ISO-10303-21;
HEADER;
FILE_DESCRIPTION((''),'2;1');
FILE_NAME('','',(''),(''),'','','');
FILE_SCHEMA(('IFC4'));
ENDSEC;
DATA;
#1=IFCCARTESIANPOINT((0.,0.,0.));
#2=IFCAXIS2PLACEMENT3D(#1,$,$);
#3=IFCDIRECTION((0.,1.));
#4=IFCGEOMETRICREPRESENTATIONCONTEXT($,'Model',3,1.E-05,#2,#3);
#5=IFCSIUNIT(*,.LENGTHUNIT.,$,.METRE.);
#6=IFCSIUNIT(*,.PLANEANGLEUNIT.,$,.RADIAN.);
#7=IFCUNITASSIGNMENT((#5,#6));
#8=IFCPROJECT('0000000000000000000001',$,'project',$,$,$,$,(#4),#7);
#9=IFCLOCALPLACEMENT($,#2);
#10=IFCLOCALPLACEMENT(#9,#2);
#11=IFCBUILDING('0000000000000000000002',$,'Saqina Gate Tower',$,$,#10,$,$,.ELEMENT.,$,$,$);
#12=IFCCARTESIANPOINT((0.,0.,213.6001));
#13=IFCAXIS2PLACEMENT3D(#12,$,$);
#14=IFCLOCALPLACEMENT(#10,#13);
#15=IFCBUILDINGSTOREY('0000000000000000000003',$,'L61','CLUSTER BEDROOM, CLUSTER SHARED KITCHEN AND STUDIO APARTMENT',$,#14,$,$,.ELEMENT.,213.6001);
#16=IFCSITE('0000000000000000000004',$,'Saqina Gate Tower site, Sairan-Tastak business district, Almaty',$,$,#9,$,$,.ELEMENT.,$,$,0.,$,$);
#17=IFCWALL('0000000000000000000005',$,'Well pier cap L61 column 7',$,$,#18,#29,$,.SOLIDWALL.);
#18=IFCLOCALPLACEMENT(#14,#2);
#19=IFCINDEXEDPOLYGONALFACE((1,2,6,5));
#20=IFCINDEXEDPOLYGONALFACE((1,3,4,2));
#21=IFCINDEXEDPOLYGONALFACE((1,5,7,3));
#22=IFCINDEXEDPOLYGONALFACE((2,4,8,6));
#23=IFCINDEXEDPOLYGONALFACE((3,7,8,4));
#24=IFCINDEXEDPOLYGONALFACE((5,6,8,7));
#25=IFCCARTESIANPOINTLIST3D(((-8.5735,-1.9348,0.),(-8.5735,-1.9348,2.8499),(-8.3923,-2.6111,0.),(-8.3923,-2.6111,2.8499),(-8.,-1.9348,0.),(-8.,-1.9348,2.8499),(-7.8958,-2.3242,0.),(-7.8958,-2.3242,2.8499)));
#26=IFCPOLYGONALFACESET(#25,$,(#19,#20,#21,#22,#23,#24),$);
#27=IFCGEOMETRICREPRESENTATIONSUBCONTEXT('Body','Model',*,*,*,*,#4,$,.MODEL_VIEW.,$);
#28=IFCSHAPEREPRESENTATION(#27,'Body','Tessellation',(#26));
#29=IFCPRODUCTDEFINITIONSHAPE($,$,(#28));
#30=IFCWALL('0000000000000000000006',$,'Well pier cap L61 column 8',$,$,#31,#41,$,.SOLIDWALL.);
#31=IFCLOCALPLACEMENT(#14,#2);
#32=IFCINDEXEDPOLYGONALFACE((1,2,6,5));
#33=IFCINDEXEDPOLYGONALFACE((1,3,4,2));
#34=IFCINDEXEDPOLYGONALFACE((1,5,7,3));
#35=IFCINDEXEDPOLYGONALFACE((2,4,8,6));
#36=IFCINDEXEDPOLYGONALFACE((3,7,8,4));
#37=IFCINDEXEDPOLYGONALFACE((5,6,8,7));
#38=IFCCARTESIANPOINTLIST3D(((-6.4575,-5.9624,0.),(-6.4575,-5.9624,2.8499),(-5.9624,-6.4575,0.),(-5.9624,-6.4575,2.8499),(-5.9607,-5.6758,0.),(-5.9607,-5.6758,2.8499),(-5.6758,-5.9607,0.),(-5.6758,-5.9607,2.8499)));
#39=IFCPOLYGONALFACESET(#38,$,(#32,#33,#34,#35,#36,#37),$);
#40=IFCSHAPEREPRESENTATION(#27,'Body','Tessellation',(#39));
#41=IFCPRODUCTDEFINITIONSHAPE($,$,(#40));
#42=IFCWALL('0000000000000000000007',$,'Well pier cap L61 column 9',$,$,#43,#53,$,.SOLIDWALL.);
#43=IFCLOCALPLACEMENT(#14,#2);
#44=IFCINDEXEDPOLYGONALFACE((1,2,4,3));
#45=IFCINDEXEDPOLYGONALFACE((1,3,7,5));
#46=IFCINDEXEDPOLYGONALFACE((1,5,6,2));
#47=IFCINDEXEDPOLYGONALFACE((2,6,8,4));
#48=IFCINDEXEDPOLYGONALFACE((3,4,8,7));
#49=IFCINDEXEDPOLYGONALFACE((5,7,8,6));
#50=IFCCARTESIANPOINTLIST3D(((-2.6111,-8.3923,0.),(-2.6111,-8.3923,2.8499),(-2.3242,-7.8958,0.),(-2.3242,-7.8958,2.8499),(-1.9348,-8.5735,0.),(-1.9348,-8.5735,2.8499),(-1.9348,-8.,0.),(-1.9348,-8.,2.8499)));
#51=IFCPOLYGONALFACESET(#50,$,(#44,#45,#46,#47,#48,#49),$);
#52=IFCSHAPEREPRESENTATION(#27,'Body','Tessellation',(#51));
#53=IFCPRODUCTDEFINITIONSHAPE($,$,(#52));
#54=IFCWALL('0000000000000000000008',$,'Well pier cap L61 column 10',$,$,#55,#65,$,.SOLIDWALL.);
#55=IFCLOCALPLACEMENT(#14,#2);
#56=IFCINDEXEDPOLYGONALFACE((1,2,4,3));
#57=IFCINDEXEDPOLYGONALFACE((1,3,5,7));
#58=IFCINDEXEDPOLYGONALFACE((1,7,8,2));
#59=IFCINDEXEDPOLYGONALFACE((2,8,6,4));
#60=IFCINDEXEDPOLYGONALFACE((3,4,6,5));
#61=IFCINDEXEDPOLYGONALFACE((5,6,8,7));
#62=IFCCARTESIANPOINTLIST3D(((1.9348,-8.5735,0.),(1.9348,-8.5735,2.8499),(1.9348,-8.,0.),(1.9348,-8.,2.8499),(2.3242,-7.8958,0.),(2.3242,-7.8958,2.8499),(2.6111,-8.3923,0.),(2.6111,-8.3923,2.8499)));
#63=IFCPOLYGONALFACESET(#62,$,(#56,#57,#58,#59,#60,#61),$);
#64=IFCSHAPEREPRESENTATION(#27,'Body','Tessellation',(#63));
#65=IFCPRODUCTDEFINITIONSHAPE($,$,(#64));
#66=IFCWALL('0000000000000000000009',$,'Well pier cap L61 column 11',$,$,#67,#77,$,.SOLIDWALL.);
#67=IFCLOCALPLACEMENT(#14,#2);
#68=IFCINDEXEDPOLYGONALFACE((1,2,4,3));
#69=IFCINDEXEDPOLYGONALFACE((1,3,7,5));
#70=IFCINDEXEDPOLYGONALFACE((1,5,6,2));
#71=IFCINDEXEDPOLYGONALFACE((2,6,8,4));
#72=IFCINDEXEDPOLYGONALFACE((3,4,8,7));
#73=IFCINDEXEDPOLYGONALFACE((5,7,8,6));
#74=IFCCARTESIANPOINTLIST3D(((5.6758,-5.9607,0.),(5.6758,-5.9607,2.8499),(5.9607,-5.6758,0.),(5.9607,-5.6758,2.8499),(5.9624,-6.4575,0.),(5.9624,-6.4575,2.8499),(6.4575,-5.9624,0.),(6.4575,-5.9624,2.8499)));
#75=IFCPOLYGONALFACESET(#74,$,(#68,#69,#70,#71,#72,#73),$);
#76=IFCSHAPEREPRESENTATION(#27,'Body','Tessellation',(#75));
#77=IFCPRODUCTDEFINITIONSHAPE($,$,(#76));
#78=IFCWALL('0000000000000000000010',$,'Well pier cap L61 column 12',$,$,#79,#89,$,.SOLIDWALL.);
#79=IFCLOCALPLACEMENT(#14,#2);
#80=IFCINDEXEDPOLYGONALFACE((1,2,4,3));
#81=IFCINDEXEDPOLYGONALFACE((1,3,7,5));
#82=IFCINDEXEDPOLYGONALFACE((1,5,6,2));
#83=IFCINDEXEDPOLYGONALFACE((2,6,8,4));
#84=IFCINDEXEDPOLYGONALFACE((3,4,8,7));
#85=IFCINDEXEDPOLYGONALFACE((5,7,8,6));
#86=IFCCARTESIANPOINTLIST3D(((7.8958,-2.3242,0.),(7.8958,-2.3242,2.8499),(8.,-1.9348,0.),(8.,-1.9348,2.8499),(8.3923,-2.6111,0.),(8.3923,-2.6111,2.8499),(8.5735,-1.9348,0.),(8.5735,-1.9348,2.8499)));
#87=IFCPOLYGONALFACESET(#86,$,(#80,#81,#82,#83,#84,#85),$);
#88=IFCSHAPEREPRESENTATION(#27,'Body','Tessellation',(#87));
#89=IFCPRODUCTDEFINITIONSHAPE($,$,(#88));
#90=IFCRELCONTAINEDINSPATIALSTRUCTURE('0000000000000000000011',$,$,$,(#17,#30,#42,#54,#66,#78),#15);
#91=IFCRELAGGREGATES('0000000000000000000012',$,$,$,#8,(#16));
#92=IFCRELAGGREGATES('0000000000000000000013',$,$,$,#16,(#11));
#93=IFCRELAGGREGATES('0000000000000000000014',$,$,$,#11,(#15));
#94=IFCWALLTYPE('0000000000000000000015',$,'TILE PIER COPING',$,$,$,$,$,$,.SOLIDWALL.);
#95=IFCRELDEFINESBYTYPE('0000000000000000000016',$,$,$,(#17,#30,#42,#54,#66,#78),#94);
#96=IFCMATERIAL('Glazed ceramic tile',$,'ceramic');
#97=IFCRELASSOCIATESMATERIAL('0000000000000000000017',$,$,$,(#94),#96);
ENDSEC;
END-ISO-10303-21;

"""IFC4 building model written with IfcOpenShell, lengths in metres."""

from ifc_helpers import new_model, si_unit, direction, frame, origin, place, context, subcontext, project, spatial, polyline, outline, extrude, material, type_object, element, save


model = new_model("IFC4")

# Units and contexts
model_context = context("Model", 3, precision=1e-05, world=origin(), true_north=direction((0.0, 1.0)))
body_context = subcontext(model_context, "Body", "Model", "MODEL_VIEW")
ifc_project = project(units=[si_unit("LENGTHUNIT", "METRE"), si_unit("PLANEANGLEUNIT", "RADIAN")], contexts=[model_context])

# Site, building, storey
site_placement = place(None, origin())
site = spatial("IfcSite", under=ifc_project, at=site_placement, Name="Saqina Gate Tower site, Sairan-Tastak business district, Almaty", CompositionType="ELEMENT", RefElevation=0.0)
building_placement = place(site_placement, origin())
building = spatial("IfcBuilding", under=site, at=building_placement, Name="Saqina Gate Tower", CompositionType="ELEMENT")
storey_placement = place(building_placement, frame((0.0, 0.0, 213.6001)))
storey = spatial("IfcBuildingStorey", under=building, at=storey_placement, Name="L61", Description="CLUSTER BEDROOM, CLUSTER SHARED KITCHEN AND STUDIO APARTMENT", CompositionType="ELEMENT", Elevation=213.6001)

# Walls
ifc_material_1 = material(Name="Glazed ceramic tile", Category="ceramic")
wall_type_1 = type_object("IfcWallType", Name="TILE PIER COPING", PredefinedType="SOLIDWALL", material=ifc_material_1)
wall_1_placement = place(storey_placement, origin())
element("IfcWall", 1, at=wall_1_placement, inside=storey, type_object=wall_type_1, Name="Well pier cap L61 column 7", PredefinedType="SOLIDWALL", context=body_context, shape_type="SweptSolid", body=[
    extrude(outline(polyline([(-8.0, -1.9348), (-8.5735, -1.9348), (-8.3923, -2.6111), (-7.8958, -2.3242), (-8.0, -1.9348)])), origin(), (0.0, 0.0, 1.0), 2.8499),
])
wall_2_placement = place(storey_placement, origin())
element("IfcWall", 2, at=wall_2_placement, inside=storey, type_object=wall_type_1, Name="Well pier cap L61 column 8", PredefinedType="SOLIDWALL", context=body_context, shape_type="SweptSolid", body=[
    extrude(outline(polyline([(-6.4575, -5.9624), (-5.9624, -6.4575), (-5.6758, -5.9607), (-5.9607, -5.6758), (-6.4575, -5.9624)])), origin(), (0.0, 0.0, 1.0), 2.8499),
])
wall_3_placement = place(storey_placement, origin())
element("IfcWall", 3, at=wall_3_placement, inside=storey, type_object=wall_type_1, Name="Well pier cap L61 column 9", PredefinedType="SOLIDWALL", context=body_context, shape_type="SweptSolid", body=[
    extrude(outline(polyline([(-1.9348, -8.5735), (-1.9348, -8.0), (-2.3242, -7.8958), (-2.6111, -8.3923), (-1.9348, -8.5735)])), origin(), (0.0, 0.0, 1.0), 2.8499),
])
wall_4_placement = place(storey_placement, origin())
element("IfcWall", 4, at=wall_4_placement, inside=storey, type_object=wall_type_1, Name="Well pier cap L61 column 10", PredefinedType="SOLIDWALL", context=body_context, shape_type="SweptSolid", body=[
    extrude(outline(polyline([(2.6111, -8.3923), (2.3242, -7.8958), (1.9348, -8.0), (1.9348, -8.5735), (2.6111, -8.3923)])), origin(), (0.0, 0.0, 1.0), 2.8499),
])
wall_5_placement = place(storey_placement, origin())
element("IfcWall", 5, at=wall_5_placement, inside=storey, type_object=wall_type_1, Name="Well pier cap L61 column 11", PredefinedType="SOLIDWALL", context=body_context, shape_type="SweptSolid", body=[
    extrude(outline(polyline([(5.9624, -6.4575), (6.4575, -5.9624), (5.9607, -5.6758), (5.6758, -5.9607), (5.9624, -6.4575)])), origin(), (0.0, 0.0, 1.0), 2.8499),
])
wall_6_placement = place(storey_placement, origin())
element("IfcWall", 6, at=wall_6_placement, inside=storey, type_object=wall_type_1, Name="Well pier cap L61 column 12", PredefinedType="SOLIDWALL", context=body_context, shape_type="SweptSolid", body=[
    extrude(outline(polyline([(8.5735, -1.9348), (8.0, -1.9348), (7.8958, -2.3242), (8.3923, -2.6111), (8.5735, -1.9348)])), origin(), (0.0, 0.0, 1.0), 2.8499),
])

save(model, "model.ifc")
